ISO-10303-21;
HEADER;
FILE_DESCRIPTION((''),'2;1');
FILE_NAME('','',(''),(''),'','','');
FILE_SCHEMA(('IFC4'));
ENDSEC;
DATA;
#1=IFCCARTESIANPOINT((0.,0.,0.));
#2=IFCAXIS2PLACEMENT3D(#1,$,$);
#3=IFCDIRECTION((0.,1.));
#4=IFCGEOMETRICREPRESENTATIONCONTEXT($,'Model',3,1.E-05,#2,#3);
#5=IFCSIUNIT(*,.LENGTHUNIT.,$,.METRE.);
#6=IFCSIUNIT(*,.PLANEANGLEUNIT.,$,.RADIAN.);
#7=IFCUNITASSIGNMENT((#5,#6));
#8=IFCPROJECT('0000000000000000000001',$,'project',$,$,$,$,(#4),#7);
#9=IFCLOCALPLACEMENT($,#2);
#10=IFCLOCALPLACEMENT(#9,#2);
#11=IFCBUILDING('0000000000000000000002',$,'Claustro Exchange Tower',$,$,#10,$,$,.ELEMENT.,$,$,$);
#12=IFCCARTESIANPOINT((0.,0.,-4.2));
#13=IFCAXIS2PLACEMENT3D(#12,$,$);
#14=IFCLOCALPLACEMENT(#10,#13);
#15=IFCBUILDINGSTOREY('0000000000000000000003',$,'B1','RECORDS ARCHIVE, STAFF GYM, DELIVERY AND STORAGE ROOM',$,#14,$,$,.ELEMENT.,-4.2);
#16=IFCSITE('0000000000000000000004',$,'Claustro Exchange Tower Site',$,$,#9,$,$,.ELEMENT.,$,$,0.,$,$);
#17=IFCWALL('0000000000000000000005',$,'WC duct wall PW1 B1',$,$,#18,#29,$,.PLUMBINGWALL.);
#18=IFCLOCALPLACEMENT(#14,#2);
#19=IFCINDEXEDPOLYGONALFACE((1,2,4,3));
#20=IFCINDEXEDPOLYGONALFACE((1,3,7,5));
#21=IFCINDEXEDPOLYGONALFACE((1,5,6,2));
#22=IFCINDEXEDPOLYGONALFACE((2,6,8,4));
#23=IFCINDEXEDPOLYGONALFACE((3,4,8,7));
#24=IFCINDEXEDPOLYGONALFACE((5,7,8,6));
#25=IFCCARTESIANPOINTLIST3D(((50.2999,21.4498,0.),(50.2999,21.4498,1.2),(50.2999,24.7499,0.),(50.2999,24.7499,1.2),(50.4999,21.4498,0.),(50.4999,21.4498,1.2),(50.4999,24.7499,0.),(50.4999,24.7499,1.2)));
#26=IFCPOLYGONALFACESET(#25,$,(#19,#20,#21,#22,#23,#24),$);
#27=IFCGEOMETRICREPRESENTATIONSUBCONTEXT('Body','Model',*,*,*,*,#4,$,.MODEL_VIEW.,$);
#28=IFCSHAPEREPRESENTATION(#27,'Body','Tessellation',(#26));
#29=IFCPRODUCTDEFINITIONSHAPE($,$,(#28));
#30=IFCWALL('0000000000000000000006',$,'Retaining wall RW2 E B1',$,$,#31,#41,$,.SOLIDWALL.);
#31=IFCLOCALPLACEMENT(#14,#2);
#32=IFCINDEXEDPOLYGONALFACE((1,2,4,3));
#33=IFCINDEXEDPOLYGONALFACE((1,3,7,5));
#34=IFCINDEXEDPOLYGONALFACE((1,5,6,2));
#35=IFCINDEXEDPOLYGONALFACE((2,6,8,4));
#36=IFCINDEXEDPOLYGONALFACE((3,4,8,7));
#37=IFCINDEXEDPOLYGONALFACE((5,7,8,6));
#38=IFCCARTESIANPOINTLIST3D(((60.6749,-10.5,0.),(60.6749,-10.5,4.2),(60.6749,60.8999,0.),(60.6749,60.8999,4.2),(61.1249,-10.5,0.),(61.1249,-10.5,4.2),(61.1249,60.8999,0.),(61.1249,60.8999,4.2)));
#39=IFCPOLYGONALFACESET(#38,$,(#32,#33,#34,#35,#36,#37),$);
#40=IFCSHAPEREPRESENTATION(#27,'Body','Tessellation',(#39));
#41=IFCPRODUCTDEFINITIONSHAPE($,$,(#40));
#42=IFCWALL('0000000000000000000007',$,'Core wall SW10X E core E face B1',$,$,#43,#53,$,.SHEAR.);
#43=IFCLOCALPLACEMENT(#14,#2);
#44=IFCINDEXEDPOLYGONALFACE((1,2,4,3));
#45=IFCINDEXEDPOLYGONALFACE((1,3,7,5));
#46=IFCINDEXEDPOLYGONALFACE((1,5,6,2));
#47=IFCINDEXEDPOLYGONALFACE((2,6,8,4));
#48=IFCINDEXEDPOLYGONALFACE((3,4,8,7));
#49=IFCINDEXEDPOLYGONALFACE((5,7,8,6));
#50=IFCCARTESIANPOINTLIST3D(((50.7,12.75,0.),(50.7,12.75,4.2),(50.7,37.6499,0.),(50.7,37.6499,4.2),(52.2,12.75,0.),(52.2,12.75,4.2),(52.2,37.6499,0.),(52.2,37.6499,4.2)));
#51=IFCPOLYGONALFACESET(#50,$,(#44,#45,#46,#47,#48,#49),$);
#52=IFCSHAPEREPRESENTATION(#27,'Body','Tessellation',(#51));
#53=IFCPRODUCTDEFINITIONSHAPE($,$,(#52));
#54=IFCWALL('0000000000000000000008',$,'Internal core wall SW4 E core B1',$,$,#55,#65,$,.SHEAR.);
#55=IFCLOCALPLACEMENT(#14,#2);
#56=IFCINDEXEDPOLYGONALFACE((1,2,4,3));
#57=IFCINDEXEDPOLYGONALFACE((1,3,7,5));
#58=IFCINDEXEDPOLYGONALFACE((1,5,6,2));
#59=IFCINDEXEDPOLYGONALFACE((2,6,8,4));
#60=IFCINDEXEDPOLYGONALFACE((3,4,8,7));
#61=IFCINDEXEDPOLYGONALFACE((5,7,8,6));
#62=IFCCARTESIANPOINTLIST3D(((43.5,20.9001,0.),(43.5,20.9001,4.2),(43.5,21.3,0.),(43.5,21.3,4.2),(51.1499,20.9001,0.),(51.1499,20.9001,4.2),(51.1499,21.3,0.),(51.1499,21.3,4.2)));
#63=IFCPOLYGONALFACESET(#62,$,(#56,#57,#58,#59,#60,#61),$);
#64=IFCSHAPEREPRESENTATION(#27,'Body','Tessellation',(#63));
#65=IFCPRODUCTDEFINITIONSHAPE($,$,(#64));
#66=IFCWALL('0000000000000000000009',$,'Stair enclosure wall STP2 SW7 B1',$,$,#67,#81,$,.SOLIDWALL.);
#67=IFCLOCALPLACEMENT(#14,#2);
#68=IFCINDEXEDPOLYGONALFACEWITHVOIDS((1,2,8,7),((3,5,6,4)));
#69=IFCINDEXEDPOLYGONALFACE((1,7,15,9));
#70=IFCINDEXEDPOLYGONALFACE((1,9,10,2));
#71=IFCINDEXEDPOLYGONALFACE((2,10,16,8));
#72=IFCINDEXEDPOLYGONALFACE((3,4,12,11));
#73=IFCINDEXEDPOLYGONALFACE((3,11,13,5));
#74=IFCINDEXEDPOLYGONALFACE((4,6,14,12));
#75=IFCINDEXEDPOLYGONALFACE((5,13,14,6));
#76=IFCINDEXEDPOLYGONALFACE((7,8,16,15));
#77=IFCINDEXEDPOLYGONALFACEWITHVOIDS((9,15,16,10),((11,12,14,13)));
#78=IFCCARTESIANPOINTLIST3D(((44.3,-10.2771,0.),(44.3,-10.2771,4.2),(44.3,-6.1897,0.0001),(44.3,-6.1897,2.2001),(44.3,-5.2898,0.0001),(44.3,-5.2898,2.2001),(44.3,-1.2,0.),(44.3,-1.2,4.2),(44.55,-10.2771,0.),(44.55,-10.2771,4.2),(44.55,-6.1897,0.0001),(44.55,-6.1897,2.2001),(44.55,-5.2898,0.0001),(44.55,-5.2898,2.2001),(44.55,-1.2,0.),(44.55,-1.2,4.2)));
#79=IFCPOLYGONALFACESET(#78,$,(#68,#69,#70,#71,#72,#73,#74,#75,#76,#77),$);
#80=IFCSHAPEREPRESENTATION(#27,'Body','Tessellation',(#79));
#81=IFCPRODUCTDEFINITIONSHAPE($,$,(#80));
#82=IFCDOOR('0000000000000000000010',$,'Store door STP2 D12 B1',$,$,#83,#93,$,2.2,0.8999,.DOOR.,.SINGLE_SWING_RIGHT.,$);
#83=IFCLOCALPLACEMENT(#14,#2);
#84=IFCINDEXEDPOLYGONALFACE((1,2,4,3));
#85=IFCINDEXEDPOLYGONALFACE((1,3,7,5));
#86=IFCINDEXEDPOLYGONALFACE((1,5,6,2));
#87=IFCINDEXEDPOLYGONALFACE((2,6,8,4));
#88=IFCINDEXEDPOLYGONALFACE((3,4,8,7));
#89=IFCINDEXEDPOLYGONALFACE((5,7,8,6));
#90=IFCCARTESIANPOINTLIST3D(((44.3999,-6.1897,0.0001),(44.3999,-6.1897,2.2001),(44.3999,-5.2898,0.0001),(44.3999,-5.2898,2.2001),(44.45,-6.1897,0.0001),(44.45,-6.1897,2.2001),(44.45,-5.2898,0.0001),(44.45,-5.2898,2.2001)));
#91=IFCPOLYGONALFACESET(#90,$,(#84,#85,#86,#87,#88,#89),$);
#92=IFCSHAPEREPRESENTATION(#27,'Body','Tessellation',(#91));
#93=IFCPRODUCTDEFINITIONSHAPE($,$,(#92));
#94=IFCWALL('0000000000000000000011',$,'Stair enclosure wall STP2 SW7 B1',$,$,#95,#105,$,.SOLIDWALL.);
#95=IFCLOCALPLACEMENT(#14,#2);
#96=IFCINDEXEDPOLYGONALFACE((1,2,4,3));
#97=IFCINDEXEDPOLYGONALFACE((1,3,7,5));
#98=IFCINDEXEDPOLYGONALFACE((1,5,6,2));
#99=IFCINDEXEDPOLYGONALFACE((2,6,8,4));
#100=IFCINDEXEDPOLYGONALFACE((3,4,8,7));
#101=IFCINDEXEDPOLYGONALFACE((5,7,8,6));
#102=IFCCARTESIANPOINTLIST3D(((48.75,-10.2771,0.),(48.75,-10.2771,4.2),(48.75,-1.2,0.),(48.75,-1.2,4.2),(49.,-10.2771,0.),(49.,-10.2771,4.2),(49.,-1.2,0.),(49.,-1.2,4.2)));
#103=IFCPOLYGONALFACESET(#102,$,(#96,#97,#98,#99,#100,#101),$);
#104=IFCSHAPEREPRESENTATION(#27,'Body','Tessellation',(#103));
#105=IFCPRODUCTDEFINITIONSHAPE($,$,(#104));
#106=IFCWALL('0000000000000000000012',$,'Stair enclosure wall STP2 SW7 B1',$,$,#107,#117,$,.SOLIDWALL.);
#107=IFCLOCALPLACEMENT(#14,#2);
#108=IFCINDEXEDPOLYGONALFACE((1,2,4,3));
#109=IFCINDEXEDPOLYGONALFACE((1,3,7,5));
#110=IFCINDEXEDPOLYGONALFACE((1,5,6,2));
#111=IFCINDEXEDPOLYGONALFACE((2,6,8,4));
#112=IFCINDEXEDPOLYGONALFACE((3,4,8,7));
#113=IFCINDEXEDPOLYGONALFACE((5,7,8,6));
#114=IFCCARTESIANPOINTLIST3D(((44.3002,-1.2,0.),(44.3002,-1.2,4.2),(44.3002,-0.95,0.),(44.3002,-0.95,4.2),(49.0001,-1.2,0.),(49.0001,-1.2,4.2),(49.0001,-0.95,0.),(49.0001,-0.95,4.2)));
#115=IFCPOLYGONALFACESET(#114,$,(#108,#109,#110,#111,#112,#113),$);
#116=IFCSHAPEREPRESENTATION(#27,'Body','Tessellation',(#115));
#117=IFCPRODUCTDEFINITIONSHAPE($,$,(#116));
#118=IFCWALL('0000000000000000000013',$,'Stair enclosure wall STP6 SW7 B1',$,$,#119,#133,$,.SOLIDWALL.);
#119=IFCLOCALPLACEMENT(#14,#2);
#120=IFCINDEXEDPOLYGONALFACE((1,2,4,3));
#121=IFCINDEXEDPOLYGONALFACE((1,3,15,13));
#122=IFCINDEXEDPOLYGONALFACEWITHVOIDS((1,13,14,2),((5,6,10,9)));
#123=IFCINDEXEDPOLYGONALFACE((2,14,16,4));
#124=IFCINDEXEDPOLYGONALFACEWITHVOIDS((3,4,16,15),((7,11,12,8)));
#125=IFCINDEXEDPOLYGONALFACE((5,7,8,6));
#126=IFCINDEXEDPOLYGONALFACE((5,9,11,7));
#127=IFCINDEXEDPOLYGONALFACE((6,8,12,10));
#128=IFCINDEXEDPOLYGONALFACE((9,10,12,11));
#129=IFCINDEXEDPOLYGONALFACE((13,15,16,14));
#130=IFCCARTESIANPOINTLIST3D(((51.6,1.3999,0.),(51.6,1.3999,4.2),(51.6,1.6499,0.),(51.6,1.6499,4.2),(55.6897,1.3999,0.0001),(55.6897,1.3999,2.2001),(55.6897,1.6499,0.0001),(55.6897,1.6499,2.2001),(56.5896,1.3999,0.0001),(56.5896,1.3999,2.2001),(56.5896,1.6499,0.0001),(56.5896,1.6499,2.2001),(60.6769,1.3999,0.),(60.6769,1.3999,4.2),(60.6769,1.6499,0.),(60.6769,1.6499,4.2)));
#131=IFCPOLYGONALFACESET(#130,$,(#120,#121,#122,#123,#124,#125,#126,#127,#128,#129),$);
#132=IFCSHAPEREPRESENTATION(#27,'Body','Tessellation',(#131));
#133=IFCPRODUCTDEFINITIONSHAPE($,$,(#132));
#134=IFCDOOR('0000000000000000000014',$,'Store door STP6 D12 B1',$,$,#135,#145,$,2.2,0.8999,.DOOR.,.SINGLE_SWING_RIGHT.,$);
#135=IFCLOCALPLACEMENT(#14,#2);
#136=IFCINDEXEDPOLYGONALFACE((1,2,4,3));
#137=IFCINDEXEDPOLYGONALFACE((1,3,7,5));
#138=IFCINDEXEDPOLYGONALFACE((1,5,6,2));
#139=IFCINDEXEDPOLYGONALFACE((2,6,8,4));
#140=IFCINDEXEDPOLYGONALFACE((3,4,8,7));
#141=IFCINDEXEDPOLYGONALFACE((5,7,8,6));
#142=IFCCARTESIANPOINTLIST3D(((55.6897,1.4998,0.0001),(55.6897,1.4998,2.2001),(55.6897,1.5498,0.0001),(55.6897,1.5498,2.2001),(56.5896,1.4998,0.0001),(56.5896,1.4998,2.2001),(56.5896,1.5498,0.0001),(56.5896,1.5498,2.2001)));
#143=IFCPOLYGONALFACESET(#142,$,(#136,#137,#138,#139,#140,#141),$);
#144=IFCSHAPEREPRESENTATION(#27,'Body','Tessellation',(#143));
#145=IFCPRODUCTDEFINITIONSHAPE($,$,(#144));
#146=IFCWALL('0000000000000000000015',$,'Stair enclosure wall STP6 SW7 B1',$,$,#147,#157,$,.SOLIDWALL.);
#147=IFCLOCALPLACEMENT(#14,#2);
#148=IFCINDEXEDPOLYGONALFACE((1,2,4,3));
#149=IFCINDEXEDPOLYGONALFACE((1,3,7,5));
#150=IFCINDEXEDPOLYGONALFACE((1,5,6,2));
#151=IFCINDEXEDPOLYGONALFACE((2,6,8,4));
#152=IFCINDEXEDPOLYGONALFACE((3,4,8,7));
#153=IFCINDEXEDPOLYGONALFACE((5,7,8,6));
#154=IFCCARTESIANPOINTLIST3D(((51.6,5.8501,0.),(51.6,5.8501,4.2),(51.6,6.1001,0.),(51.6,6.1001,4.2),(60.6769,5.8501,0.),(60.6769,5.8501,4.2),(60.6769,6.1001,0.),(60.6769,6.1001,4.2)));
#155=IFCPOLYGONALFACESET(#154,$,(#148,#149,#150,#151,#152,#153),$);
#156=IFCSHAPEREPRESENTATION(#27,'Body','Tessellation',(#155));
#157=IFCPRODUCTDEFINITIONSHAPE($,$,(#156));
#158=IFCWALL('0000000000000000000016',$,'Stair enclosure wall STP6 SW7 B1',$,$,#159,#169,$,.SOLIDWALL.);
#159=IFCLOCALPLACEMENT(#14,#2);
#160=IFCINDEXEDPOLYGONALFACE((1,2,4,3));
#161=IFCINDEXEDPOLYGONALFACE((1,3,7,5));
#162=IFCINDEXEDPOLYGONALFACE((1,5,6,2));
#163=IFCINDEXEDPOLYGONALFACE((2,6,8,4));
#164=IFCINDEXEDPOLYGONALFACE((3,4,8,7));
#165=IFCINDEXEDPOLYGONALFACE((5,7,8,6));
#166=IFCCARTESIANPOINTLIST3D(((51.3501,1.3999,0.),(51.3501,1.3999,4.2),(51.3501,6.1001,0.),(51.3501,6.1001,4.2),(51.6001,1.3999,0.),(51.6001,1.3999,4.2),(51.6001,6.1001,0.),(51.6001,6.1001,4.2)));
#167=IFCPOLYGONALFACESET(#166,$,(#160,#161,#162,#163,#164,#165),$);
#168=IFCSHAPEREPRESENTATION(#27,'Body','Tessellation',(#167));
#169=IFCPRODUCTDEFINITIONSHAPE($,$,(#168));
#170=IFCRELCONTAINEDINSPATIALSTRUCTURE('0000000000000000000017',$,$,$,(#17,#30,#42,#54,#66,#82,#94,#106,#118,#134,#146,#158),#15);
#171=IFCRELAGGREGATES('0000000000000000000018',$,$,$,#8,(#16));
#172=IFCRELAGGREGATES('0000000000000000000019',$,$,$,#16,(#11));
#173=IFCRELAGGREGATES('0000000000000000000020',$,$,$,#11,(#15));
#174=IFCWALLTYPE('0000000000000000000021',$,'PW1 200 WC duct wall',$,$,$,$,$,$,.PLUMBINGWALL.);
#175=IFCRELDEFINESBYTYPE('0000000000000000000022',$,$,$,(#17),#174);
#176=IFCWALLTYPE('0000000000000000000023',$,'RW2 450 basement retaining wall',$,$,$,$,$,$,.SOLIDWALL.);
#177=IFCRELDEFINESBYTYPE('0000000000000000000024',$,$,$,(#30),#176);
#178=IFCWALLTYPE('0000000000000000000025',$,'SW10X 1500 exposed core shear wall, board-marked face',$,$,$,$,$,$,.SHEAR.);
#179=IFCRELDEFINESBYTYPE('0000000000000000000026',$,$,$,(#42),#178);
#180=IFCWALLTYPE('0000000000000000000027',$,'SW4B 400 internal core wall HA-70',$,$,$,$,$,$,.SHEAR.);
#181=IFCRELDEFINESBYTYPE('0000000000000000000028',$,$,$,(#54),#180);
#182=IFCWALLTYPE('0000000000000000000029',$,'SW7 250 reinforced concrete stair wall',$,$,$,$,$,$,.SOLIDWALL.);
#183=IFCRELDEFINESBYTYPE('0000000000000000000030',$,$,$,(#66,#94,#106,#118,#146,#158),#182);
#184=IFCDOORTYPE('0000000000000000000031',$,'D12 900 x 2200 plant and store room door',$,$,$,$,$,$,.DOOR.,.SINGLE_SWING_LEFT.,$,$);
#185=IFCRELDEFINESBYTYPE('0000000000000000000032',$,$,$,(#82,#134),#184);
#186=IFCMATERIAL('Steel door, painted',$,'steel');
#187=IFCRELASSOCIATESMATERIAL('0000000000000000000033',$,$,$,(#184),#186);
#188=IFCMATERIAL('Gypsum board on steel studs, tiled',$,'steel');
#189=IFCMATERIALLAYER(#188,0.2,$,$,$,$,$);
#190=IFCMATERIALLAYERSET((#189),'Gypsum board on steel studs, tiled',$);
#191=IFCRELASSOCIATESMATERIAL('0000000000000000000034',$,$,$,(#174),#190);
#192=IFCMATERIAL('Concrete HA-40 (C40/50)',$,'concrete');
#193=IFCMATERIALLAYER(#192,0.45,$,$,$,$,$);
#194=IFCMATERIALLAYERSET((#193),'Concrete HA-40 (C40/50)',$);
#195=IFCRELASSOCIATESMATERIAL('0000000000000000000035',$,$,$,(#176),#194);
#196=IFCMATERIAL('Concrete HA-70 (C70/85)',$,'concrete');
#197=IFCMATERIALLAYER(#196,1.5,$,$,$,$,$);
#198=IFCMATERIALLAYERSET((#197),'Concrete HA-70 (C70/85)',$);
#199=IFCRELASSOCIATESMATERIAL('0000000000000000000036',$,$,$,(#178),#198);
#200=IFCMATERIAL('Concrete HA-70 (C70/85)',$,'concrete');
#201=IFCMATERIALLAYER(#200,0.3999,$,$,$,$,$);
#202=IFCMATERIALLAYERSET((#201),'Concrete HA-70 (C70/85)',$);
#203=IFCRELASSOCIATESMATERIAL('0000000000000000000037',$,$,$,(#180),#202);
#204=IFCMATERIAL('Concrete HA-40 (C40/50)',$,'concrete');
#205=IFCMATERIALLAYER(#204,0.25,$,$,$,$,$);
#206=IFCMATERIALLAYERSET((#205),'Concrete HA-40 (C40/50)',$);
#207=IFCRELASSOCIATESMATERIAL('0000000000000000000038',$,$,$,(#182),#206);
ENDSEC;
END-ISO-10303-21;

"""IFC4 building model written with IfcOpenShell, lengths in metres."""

from ifc_helpers import new_model, si_unit, direction, frame, frame_2d, origin, place, context, subcontext, project, spatial, rectangle, extrude, material, layer, layer_set, type_object, element, fill, save


model = new_model("IFC4")

# Units and contexts
model_context = context("Model", 3, precision=1e-05, world=origin(), true_north=direction((0.0, 1.0)))
body_context = subcontext(model_context, "Body", "Model", "MODEL_VIEW")
ifc_project = project(units=[si_unit("LENGTHUNIT", "METRE"), si_unit("PLANEANGLEUNIT", "RADIAN")], contexts=[model_context])

# Site, building, storey
site_placement = place(None, origin())
site = spatial("IfcSite", under=ifc_project, at=site_placement, Name="Claustro Exchange Tower Site", CompositionType="ELEMENT", RefElevation=0.0)
building_placement = place(site_placement, origin())
building = spatial("IfcBuilding", under=site, at=building_placement, Name="Claustro Exchange Tower", CompositionType="ELEMENT")
storey_placement = place(building_placement, frame((0.0, 0.0, -4.2)))
storey = spatial("IfcBuildingStorey", under=building, at=storey_placement, Name="B1", Description="RECORDS ARCHIVE, STAFF GYM, DELIVERY AND STORAGE ROOM", CompositionType="ELEMENT", Elevation=-4.2)

# Shared definitions
ifc_material_1 = material(Name="Steel door, painted", Category="steel")
door_type = type_object("IfcDoorType", Name="D12 900 x 2200 plant and store room door", OperationType="SINGLE_SWING_LEFT", PredefinedType="DOOR", material=ifc_material_1)

# Walls
ifc_material_2 = material(Name="Gypsum board on steel studs, tiled", Category="steel")
ifc_layer_1 = layer(ifc_material_2, 0.2)
ifc_layer_set_1 = layer_set([ifc_layer_1], Name="Gypsum board on steel studs, tiled")
wall_type_1 = type_object("IfcWallType", Name="PW1 200 WC duct wall", PredefinedType="PLUMBINGWALL", material=ifc_layer_set_1)
wall_1_placement = place(storey_placement, frame((50.3999, 21.45, 0.0), z_axis=(0.0, 0.0, 1.0), x_axis=(0.0, 1.0, 0.0)))
element("IfcWall", 1, at=wall_1_placement, inside=storey, type_object=wall_type_1, Name="WC duct wall PW1 B1", PredefinedType="PLUMBINGWALL", context=body_context, shape_type="SweptSolid", body=[
    extrude(rectangle(XDim=3.3, YDim=0.2, at=frame_2d((1.6499, 0.0))), origin(), (0.0, 0.0, 1.0), 1.2),
])
ifc_material_3 = material(Name="Concrete HA-40 (C40/50)", Category="concrete")
ifc_layer_2 = layer(ifc_material_3, 0.45)
ifc_layer_set_2 = layer_set([ifc_layer_2], Name="Concrete HA-40 (C40/50)")
wall_type_2 = type_object("IfcWallType", Name="RW2 450 basement retaining wall", PredefinedType="SOLIDWALL", material=ifc_layer_set_2)
wall_2_placement = place(storey_placement, frame((60.8999, -10.5, 0.0), z_axis=(0.0, 0.0, 1.0), x_axis=(0.0, 1.0, 0.0)))
element("IfcWall", 2, at=wall_2_placement, inside=storey, type_object=wall_type_2, Name="Retaining wall RW2 E B1", PredefinedType="SOLIDWALL", context=body_context, shape_type="SweptSolid", body=[
    extrude(rectangle(XDim=71.3999, YDim=0.45, at=frame_2d((35.7, 0.0))), origin(), (0.0, 0.0, 1.0), 4.2),
])
ifc_material_4 = material(Name="Concrete HA-70 (C70/85)", Category="concrete")
ifc_layer_3 = layer(ifc_material_4, 1.5)
ifc_layer_set_3 = layer_set([ifc_layer_3], Name="Concrete HA-70 (C70/85)")
wall_type_3 = type_object("IfcWallType", Name="SW10X 1500 exposed core shear wall, board-marked face", PredefinedType="SHEAR", material=ifc_layer_set_3)
wall_3_placement = place(storey_placement, frame((51.45, 12.75, 0.0), z_axis=(0.0, 0.0, 1.0), x_axis=(0.0, 1.0, 0.0)))
element("IfcWall", 3, at=wall_3_placement, inside=storey, type_object=wall_type_3, Name="Core wall SW10X E core E face B1", PredefinedType="SHEAR", context=body_context, shape_type="SweptSolid", body=[
    extrude(rectangle(XDim=24.8999, YDim=1.5, at=frame_2d((12.45, 0.0))), origin(), (0.0, 0.0, 1.0), 4.2),
])
ifc_material_5 = material(Name="Concrete HA-70 (C70/85)", Category="concrete")
ifc_layer_4 = layer(ifc_material_5, 0.3999)
ifc_layer_set_4 = layer_set([ifc_layer_4], Name="Concrete HA-70 (C70/85)")
wall_type_4 = type_object("IfcWallType", Name="SW4B 400 internal core wall HA-70", PredefinedType="SHEAR", material=ifc_layer_set_4)
wall_4_placement = place(storey_placement, frame((51.1499, 21.1001, 0.0), z_axis=(0.0, 0.0, 1.0), x_axis=(-1.0, 0.0, 0.0)))
element("IfcWall", 4, at=wall_4_placement, inside=storey, type_object=wall_type_4, Name="Internal core wall SW4 E core B1", PredefinedType="SHEAR", context=body_context, shape_type="SweptSolid", body=[
    extrude(rectangle(XDim=7.6499, YDim=0.3999, at=frame_2d((3.825, 0.0))), origin(), (0.0, 0.0, 1.0), 4.2),
])

# Wall, opening, door
ifc_material_6 = material(Name="Concrete HA-40 (C40/50)", Category="concrete")
ifc_layer_5 = layer(ifc_material_6, 0.25)
ifc_layer_set_5 = layer_set([ifc_layer_5], Name="Concrete HA-40 (C40/50)")
wall_type_5 = type_object("IfcWallType", Name="SW7 250 reinforced concrete stair wall", PredefinedType="SOLIDWALL", material=ifc_layer_set_5)
wall_5_placement = place(storey_placement, frame((44.425, -10.2771, 0.0), z_axis=(0.0, 0.0, 1.0), x_axis=(0.0, 1.0, 0.0)))
wall_5 = element("IfcWall", 5, at=wall_5_placement, inside=storey, type_object=wall_type_5, Name="Stair enclosure wall STP2 SW7 B1", PredefinedType="SOLIDWALL", context=body_context, shape_type="SweptSolid", body=[
    extrude(rectangle(XDim=9.0771, YDim=0.25, at=frame_2d((4.5386, 0.0))), origin(), (0.0, 0.0, 1.0), 4.2),
])
opening_1_placement = place(wall_5_placement, frame((4.0874, 0.0, 0.0)))
opening_1 = element("IfcOpeningElement", 6, at=opening_1_placement, cuts=wall_5, PredefinedType="OPENING", context=body_context, shape_type="SweptSolid", body=[
    extrude(rectangle(XDim=0.8999, YDim=2.2, at=frame_2d((0.45, 1.1001))), frame((0.0, 0.135, 0.0), z_axis=(0.0, -1.0, 0.0), x_axis=(1.0, 0.0, 0.0)), (0.0, 0.0, 1.0), 0.27),
])
door_1_placement = place(opening_1_placement, frame((0.8999, 0.0, 0.0), z_axis=(0.0, 0.0, 1.0), x_axis=(-1.0, 0.0, 0.0)))
door_1 = element("IfcDoor", 7, at=door_1_placement, inside=storey, type_object=door_type, Name="Store door STP2 D12 B1", OperationType="SINGLE_SWING_RIGHT", OverallHeight=2.2, OverallWidth=0.8999, PredefinedType="DOOR", context=body_context, shape_type="SweptSolid", body=[
    extrude(rectangle(XDim=0.8999, YDim=2.2, at=frame_2d((0.45, 1.1001))), frame((0.0, 0.0249, 0.0), z_axis=(0.0, -1.0, 0.0), x_axis=(1.0, 0.0, 0.0)), (0.0, 0.0, 1.0), 0.05),
])
fill(opening_1, door_1)

# Walls
wall_6_placement = place(storey_placement, frame((48.875, -10.2771, 0.0), z_axis=(0.0, 0.0, 1.0), x_axis=(0.0, 1.0, 0.0)))
element("IfcWall", 8, at=wall_6_placement, inside=storey, type_object=wall_type_5, Name="Stair enclosure wall STP2 SW7 B1", PredefinedType="SOLIDWALL", context=body_context, shape_type="SweptSolid", body=[
    extrude(rectangle(XDim=9.0771, YDim=0.25, at=frame_2d((4.5386, 0.0))), origin(), (0.0, 0.0, 1.0), 4.2),
])
wall_7_placement = place(storey_placement, frame((44.3, -1.075, 0.0), z_axis=(0.0, 0.0, 1.0), x_axis=(1.0, 0.0, 0.0)))
element("IfcWall", 9, at=wall_7_placement, inside=storey, type_object=wall_type_5, Name="Stair enclosure wall STP2 SW7 B1", PredefinedType="SOLIDWALL", context=body_context, shape_type="SweptSolid", body=[
    extrude(rectangle(XDim=4.7, YDim=0.25, at=frame_2d((2.3501, 0.0))), origin(), (0.0, 0.0, 1.0), 4.2),
])

# Wall, opening, door
wall_8_placement = place(storey_placement, frame((60.677, 1.5249, 0.0), z_axis=(0.0, 0.0, 1.0), x_axis=(-1.0, 0.0, 0.0)))
wall_8 = element("IfcWall", 10, at=wall_8_placement, inside=storey, type_object=wall_type_5, Name="Stair enclosure wall STP6 SW7 B1", PredefinedType="SOLIDWALL", context=body_context, shape_type="SweptSolid", body=[
    extrude(rectangle(XDim=9.0769, YDim=0.25, at=frame_2d((4.5386, 0.0))), origin(), (0.0, 0.0, 1.0), 4.2),
])
opening_2_placement = place(wall_8_placement, frame((4.0874, 0.0, 0.0)))
opening_2 = element("IfcOpeningElement", 11, at=opening_2_placement, cuts=wall_8, PredefinedType="OPENING", context=body_context, shape_type="SweptSolid", body=[
    extrude(rectangle(XDim=0.8999, YDim=2.2, at=frame_2d((0.45, 1.1001))), frame((0.0, 0.135, 0.0), z_axis=(0.0, -1.0, 0.0), x_axis=(1.0, 0.0, 0.0)), (0.0, 0.0, 1.0), 0.27),
])
door_2_placement = place(opening_2_placement, frame((0.8999, 0.0, 0.0), z_axis=(0.0, 0.0, 1.0), x_axis=(-1.0, 0.0, 0.0)))
door_2 = element("IfcDoor", 12, at=door_2_placement, inside=storey, type_object=door_type, Name="Store door STP6 D12 B1", OperationType="SINGLE_SWING_RIGHT", OverallHeight=2.2, OverallWidth=0.8999, PredefinedType="DOOR", context=body_context, shape_type="SweptSolid", body=[
    extrude(rectangle(XDim=0.8999, YDim=2.2, at=frame_2d((0.45, 1.1001))), frame((0.0, 0.0249, 0.0), z_axis=(0.0, -1.0, 0.0), x_axis=(1.0, 0.0, 0.0)), (0.0, 0.0, 1.0), 0.05),
])
fill(opening_2, door_2)

# Walls
wall_9_placement = place(storey_placement, frame((60.677, 5.9751, 0.0), z_axis=(0.0, 0.0, 1.0), x_axis=(-1.0, 0.0, 0.0)))
element("IfcWall", 13, at=wall_9_placement, inside=storey, type_object=wall_type_5, Name="Stair enclosure wall STP6 SW7 B1", PredefinedType="SOLIDWALL", context=body_context, shape_type="SweptSolid", body=[
    extrude(rectangle(XDim=9.0769, YDim=0.25, at=frame_2d((4.5386, 0.0))), origin(), (0.0, 0.0, 1.0), 4.2),
])
wall_10_placement = place(storey_placement, frame((51.4751, 1.3999, 0.0), z_axis=(0.0, 0.0, 1.0), x_axis=(0.0, 1.0, 0.0)))
element("IfcWall", 14, at=wall_10_placement, inside=storey, type_object=wall_type_5, Name="Stair enclosure wall STP6 SW7 B1", PredefinedType="SOLIDWALL", context=body_context, shape_type="SweptSolid", body=[
    extrude(rectangle(XDim=4.7002, YDim=0.25, at=frame_2d((2.3501, 0.0))), origin(), (0.0, 0.0, 1.0), 4.2),
])

save(model, "model.ifc")
